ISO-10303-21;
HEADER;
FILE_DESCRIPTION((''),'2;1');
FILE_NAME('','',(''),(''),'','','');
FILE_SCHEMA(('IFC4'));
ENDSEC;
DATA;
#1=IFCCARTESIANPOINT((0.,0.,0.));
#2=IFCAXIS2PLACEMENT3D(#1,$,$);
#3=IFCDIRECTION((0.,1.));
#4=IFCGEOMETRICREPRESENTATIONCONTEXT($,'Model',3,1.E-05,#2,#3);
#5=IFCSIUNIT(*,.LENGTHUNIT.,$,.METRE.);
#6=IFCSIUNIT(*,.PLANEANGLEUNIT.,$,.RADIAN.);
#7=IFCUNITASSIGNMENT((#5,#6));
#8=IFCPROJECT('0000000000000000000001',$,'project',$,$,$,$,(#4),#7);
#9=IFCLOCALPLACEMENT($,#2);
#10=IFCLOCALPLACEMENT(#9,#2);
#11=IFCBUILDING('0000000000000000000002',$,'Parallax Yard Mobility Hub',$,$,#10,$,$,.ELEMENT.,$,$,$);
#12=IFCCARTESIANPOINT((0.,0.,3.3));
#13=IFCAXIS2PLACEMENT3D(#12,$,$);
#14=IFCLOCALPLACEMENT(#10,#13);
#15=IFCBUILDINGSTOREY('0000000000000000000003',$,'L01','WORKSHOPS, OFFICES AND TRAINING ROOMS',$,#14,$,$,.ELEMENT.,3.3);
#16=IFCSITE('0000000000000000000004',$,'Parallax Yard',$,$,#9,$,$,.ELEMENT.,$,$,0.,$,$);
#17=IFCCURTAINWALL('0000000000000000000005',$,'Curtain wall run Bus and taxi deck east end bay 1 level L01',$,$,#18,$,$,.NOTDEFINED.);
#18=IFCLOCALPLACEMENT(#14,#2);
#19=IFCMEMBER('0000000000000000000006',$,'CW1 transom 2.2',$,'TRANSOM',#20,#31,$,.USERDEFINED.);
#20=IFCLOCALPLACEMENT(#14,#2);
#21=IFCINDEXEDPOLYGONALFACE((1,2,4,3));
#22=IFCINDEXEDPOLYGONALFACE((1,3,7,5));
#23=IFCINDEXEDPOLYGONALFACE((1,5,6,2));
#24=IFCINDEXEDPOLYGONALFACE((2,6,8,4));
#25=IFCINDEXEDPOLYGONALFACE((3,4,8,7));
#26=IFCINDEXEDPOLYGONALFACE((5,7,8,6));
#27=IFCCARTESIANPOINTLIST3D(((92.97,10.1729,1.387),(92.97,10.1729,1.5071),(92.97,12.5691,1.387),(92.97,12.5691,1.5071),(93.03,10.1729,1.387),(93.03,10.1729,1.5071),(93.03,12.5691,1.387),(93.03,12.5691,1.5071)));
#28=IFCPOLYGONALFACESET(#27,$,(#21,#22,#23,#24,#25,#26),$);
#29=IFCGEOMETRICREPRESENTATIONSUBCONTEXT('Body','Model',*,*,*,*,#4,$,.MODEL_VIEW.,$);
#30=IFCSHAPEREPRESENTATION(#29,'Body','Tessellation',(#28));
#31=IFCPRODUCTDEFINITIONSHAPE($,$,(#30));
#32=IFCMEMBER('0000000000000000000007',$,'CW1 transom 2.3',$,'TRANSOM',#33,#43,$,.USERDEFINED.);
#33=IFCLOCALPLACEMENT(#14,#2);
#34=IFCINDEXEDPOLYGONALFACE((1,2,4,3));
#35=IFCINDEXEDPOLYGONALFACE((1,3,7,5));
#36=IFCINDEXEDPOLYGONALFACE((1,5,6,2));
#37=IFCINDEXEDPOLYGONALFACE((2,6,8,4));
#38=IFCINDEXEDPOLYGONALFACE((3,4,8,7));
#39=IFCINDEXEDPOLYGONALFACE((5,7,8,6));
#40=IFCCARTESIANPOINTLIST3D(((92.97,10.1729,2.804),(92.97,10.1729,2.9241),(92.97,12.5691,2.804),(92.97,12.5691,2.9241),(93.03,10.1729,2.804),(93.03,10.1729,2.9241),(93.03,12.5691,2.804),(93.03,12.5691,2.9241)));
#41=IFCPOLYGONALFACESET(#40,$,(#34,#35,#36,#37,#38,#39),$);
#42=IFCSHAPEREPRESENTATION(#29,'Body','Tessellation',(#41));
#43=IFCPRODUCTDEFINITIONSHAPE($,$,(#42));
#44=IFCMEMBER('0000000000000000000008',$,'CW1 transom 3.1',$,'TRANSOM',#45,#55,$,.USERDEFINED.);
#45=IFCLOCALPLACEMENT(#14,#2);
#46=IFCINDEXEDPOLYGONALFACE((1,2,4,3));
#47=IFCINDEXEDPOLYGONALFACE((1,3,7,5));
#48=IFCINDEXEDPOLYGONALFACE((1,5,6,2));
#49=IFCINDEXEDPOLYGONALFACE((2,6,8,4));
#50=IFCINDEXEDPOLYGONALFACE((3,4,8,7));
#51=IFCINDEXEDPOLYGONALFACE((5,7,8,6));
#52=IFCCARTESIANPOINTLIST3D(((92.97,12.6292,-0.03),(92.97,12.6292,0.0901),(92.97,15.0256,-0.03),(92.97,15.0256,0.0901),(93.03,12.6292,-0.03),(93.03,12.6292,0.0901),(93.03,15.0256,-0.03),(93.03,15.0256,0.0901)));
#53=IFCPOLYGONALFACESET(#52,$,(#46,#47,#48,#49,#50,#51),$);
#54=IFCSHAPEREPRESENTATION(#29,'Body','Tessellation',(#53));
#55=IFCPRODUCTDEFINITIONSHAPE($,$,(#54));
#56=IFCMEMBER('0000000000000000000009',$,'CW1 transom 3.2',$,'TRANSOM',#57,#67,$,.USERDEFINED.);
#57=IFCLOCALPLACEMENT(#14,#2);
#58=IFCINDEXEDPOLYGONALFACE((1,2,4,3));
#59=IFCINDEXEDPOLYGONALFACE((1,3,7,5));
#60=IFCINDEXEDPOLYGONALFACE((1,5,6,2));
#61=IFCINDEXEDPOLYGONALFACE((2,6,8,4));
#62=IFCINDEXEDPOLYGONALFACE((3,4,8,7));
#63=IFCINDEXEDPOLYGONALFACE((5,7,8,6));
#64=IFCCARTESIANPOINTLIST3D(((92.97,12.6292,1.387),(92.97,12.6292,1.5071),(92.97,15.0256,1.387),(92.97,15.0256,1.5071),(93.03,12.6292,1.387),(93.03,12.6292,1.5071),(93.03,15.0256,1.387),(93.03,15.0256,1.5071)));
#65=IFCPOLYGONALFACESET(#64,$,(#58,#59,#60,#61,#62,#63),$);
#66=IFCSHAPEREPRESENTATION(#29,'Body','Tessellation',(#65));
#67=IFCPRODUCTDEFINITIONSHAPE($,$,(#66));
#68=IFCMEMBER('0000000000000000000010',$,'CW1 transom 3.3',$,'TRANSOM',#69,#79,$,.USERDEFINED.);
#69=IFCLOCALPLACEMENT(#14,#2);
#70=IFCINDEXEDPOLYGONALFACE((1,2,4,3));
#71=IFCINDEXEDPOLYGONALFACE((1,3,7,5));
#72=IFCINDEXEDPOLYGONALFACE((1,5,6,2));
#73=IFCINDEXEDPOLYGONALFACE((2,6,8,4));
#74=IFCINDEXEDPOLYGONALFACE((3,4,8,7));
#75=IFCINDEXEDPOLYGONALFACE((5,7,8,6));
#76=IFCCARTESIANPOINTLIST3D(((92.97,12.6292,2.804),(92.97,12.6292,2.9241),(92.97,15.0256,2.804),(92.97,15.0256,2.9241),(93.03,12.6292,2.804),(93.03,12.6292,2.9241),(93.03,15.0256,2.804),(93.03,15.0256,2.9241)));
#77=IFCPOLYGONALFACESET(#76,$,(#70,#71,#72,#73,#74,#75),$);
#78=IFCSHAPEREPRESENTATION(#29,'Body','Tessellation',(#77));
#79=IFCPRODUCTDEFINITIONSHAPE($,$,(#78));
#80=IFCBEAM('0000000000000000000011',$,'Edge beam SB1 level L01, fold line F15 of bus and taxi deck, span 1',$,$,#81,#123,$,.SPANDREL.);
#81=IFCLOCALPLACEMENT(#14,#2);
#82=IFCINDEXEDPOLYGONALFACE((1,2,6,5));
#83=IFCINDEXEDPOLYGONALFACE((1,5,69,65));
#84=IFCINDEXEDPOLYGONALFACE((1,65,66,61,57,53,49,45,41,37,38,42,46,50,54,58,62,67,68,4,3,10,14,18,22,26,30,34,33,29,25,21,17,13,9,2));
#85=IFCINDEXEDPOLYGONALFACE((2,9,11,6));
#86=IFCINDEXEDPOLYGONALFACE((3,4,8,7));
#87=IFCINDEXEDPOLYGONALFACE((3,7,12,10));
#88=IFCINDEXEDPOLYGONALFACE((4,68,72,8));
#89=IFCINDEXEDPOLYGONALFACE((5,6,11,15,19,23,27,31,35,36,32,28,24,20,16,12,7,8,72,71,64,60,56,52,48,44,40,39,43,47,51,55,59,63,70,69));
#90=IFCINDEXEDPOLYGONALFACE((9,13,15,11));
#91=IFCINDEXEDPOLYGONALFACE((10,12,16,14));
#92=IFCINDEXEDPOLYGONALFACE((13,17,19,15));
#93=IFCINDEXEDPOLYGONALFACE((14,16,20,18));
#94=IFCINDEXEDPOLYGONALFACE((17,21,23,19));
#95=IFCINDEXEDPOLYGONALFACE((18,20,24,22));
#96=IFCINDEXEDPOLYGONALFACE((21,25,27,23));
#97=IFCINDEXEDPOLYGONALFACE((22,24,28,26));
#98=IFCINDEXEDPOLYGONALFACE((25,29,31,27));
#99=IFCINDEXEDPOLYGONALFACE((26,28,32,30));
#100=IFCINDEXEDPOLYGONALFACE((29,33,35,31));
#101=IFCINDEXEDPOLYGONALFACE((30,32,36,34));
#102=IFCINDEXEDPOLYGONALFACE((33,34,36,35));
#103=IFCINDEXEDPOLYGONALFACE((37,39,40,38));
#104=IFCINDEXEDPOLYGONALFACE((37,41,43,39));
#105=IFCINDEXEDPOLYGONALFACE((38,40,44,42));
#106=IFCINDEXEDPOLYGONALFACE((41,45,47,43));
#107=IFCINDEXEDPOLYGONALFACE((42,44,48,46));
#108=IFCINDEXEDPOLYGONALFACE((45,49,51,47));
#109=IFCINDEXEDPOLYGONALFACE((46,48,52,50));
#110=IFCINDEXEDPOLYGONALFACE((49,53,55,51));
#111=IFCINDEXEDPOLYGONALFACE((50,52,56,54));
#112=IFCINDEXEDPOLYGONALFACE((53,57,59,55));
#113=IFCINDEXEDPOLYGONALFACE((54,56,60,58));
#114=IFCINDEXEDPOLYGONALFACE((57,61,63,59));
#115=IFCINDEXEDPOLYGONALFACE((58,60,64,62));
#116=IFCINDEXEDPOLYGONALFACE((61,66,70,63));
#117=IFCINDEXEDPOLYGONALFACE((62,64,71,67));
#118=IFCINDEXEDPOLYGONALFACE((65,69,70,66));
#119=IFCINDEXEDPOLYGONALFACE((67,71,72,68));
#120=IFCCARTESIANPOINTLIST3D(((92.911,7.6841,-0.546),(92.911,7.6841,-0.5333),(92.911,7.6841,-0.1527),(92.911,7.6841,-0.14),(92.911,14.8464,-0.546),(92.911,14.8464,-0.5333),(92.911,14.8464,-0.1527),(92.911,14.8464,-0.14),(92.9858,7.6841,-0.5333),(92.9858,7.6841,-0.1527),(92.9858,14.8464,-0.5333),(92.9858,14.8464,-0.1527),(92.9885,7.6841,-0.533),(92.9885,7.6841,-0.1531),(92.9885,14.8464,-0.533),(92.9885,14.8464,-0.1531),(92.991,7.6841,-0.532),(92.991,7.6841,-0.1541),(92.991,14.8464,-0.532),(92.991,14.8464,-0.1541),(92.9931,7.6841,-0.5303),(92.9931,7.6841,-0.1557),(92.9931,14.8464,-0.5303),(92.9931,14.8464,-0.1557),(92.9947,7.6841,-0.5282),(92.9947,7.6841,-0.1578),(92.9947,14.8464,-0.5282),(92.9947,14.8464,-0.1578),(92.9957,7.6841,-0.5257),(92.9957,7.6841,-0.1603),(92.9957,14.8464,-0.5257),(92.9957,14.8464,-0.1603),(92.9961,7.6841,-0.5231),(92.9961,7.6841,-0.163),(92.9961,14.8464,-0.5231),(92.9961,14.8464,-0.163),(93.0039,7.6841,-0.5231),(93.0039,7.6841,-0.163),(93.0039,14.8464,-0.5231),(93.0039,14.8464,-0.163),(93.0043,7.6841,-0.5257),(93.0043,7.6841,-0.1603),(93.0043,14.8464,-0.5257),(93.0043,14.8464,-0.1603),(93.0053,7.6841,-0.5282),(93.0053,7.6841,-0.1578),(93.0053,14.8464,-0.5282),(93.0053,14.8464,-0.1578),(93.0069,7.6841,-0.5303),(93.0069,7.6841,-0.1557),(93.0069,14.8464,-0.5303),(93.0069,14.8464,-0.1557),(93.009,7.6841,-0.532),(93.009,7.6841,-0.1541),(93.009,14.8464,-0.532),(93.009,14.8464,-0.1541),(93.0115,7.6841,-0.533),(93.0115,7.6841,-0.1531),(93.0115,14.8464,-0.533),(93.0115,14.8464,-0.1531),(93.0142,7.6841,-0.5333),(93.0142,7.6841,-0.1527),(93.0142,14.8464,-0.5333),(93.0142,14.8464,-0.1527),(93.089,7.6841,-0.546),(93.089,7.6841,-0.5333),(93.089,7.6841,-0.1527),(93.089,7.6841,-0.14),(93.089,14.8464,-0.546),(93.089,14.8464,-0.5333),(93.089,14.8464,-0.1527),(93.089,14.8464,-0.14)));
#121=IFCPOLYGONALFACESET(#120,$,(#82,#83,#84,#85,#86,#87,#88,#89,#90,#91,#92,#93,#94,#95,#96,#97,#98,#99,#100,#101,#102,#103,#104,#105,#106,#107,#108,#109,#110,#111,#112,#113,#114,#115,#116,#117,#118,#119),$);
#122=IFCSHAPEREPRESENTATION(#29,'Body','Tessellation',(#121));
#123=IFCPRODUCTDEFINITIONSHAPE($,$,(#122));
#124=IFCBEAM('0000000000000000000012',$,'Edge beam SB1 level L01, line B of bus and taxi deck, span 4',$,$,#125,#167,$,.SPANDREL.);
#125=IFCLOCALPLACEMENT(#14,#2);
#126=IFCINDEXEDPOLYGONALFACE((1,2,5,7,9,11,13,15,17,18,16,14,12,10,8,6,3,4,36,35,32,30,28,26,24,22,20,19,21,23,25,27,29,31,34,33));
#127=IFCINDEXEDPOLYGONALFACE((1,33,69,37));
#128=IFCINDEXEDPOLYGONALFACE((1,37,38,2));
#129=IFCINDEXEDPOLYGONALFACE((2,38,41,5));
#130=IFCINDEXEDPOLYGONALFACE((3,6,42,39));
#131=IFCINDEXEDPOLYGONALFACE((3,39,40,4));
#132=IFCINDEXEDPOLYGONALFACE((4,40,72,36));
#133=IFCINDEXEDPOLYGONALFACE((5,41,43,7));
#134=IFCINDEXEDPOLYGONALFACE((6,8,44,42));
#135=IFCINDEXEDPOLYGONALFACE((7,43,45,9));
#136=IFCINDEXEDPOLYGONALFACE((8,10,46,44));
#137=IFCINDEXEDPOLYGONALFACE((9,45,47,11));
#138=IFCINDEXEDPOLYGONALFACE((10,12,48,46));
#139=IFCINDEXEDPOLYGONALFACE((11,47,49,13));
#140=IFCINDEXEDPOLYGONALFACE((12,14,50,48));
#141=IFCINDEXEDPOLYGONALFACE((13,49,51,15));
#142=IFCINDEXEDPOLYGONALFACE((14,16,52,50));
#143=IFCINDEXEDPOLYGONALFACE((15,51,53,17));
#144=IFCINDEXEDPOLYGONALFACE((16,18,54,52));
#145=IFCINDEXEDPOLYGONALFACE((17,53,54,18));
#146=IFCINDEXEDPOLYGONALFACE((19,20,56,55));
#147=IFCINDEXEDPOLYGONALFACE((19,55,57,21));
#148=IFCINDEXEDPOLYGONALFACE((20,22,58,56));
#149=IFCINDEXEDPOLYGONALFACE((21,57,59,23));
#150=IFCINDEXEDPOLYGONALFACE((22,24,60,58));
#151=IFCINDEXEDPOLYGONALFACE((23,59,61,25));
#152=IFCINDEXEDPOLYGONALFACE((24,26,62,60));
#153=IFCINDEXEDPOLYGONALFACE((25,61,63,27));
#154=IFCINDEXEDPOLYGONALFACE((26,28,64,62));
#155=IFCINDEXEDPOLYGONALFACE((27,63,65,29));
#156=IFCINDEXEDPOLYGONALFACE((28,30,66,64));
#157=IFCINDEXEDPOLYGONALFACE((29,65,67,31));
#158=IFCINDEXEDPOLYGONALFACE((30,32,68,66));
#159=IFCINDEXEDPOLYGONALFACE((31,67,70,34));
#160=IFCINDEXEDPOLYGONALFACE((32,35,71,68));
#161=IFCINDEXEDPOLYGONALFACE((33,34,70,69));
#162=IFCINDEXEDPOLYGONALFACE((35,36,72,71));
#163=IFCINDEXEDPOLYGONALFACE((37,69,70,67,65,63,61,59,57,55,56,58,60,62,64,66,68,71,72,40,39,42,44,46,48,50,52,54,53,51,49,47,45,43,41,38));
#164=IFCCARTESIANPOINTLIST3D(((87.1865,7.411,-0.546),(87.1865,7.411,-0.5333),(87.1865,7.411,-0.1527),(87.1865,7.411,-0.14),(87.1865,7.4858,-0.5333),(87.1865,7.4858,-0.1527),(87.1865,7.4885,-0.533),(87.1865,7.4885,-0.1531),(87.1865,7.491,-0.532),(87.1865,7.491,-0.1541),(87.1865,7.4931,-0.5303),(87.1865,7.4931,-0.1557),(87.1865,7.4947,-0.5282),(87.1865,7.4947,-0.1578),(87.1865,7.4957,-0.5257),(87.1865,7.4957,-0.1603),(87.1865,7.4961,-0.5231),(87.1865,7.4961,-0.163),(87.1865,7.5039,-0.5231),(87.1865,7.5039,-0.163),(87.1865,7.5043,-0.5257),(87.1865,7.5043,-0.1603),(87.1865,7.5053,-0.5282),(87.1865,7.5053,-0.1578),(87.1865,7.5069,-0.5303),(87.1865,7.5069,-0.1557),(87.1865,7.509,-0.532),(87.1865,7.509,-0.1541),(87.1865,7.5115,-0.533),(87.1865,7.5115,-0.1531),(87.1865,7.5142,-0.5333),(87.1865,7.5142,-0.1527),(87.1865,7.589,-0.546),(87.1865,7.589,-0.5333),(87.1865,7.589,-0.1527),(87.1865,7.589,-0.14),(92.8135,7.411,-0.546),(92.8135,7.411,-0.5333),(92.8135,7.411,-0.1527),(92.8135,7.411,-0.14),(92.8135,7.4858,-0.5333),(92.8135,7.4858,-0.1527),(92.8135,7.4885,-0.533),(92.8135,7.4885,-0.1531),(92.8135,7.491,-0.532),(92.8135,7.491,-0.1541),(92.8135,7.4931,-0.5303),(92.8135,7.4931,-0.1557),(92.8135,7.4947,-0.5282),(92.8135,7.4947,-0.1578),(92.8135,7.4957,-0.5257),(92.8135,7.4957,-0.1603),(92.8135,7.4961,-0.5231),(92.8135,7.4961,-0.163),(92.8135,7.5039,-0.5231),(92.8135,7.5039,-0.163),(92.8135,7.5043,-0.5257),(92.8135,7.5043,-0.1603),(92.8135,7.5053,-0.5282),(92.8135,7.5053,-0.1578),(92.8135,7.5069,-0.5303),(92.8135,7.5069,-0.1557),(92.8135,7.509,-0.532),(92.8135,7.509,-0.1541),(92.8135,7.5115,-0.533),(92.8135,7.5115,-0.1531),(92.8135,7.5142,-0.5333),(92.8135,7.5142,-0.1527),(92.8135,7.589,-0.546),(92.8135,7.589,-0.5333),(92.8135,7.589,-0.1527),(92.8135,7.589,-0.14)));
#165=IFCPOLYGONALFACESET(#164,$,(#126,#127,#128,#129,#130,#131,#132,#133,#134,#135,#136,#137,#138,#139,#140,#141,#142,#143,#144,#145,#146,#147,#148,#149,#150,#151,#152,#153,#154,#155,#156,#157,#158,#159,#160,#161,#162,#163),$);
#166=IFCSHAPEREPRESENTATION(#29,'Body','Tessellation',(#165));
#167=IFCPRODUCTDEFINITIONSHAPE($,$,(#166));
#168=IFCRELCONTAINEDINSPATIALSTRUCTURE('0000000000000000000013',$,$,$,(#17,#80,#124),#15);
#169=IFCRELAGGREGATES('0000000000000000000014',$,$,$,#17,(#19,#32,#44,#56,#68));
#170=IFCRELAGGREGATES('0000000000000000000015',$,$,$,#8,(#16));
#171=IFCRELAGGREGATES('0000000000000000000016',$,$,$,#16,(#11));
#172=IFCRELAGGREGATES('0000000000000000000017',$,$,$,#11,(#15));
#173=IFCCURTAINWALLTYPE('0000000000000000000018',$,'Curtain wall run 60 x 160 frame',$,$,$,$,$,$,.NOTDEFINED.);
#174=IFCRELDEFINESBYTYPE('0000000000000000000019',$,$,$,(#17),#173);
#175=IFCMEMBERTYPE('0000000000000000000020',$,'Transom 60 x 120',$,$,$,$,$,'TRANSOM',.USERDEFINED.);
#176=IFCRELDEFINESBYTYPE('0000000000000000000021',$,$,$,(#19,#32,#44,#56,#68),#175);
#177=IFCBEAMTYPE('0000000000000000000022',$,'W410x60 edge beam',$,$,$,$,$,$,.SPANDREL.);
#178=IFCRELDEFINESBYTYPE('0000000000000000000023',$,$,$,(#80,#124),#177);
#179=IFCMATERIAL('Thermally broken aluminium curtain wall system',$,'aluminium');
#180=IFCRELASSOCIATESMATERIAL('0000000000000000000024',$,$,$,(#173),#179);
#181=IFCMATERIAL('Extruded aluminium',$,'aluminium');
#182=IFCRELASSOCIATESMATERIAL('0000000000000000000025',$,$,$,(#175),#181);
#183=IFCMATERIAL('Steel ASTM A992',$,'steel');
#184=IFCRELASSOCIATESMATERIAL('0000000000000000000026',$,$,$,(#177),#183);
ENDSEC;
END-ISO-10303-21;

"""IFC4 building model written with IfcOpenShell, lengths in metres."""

from ifc_helpers import new_model, si_unit, direction, frame, origin, origin_2d, place, context, subcontext, project, spatial, rectangle, i_section, extrude, material, material_profile, profile_set, type_object, element, aggregate, save


model = new_model("IFC4")

# Units and contexts
model_context = context("Model", 3, precision=1e-05, world=origin(), true_north=direction((0.0, 1.0)))
body_context = subcontext(model_context, "Body", "Model", "MODEL_VIEW")
ifc_project = project(units=[si_unit("LENGTHUNIT", "METRE"), si_unit("PLANEANGLEUNIT", "RADIAN")], contexts=[model_context])

# Site, building, storey
site_placement = place(None, origin())
site = spatial("IfcSite", under=ifc_project, at=site_placement, Name="Parallax Yard", CompositionType="ELEMENT", RefElevation=0.0)
building_placement = place(site_placement, origin())
building = spatial("IfcBuilding", under=site, at=building_placement, Name="Parallax Yard Mobility Hub", CompositionType="ELEMENT")
storey_placement = place(building_placement, frame((0.0, 0.0, 3.3)))
storey = spatial("IfcBuildingStorey", under=building, at=storey_placement, Name="L01", Description="WORKSHOPS, OFFICES AND TRAINING ROOMS", CompositionType="ELEMENT", Elevation=3.3)

# Shared definitions
ifc_material_1 = material(Name="Steel ASTM A992", Category="steel")

# Curtain wall, members
ifc_material_2 = material(Name="Thermally broken aluminium curtain wall system", Category="aluminium")
curtain_wall_type = type_object("IfcCurtainWallType", Name="Curtain wall run 60 x 160 frame", PredefinedType="NOTDEFINED", material=ifc_material_2)
curtain_wall_placement = place(storey_placement, origin())
curtain_wall = element("IfcCurtainWall", 1, at=curtain_wall_placement, inside=storey, type_object=curtain_wall_type, Name="Curtain wall run Bus and taxi deck east end bay 1 level L01", PredefinedType="NOTDEFINED")
ifc_material_3 = material(Name="Extruded aluminium", Category="aluminium")
ifc_material_profile_1 = material_profile(ifc_material_3, rectangle(XDim=0.0601, YDim=0.1201, at=origin_2d()), Name="Transom 60 x 120")
ifc_profile_set_1 = profile_set([ifc_material_profile_1], Name="Extruded aluminium")
member_type_1 = type_object("IfcMemberType", Name="Transom 60 x 120", ElementType="TRANSOM", PredefinedType="USERDEFINED", material=ifc_profile_set_1)
member_1_placement = place(storey_placement, frame((93.0, 10.1729, 1.447), z_axis=(0.0, 1.0, 0.0), x_axis=(-1.0, 0.0, 0.0)))
member_1 = element("IfcMember", 2, at=member_1_placement, type_object=member_type_1, Name="CW1 transom 2.2", ObjectType="TRANSOM", PredefinedType="USERDEFINED", context=body_context, shape_type="SweptSolid", body=[
    extrude(rectangle(XDim=0.0601, YDim=0.1201, at=origin_2d()), origin(), (0.0, 0.0, 1.0), 2.3962),
])
member_2_placement = place(storey_placement, frame((93.0, 10.1729, 2.864), z_axis=(0.0, 1.0, 0.0), x_axis=(-1.0, 0.0, 0.0)))
member_2 = element("IfcMember", 3, at=member_2_placement, type_object=member_type_1, Name="CW1 transom 2.3", ObjectType="TRANSOM", PredefinedType="USERDEFINED", context=body_context, shape_type="SweptSolid", body=[
    extrude(rectangle(XDim=0.0601, YDim=0.1201, at=origin_2d()), origin(), (0.0, 0.0, 1.0), 2.3962),
])
member_3_placement = place(storey_placement, frame((93.0, 12.6292, 0.03), z_axis=(0.0, 1.0, 0.0), x_axis=(-1.0, 0.0, 0.0)))
member_3 = element("IfcMember", 4, at=member_3_placement, type_object=member_type_1, Name="CW1 transom 3.1", ObjectType="TRANSOM", PredefinedType="USERDEFINED", context=body_context, shape_type="SweptSolid", body=[
    extrude(rectangle(XDim=0.0601, YDim=0.1201, at=origin_2d()), origin(), (0.0, 0.0, 1.0), 2.3965),
])
member_4_placement = place(storey_placement, frame((93.0, 12.6292, 1.447), z_axis=(0.0, 1.0, 0.0), x_axis=(-1.0, 0.0, 0.0)))
member_4 = element("IfcMember", 5, at=member_4_placement, type_object=member_type_1, Name="CW1 transom 3.2", ObjectType="TRANSOM", PredefinedType="USERDEFINED", context=body_context, shape_type="SweptSolid", body=[
    extrude(rectangle(XDim=0.0601, YDim=0.1201, at=origin_2d()), origin(), (0.0, 0.0, 1.0), 2.3965),
])
member_5_placement = place(storey_placement, frame((93.0, 12.6292, 2.864), z_axis=(0.0, 1.0, 0.0), x_axis=(-1.0, 0.0, 0.0)))
member_5 = element("IfcMember", 6, at=member_5_placement, type_object=member_type_1, Name="CW1 transom 3.3", ObjectType="TRANSOM", PredefinedType="USERDEFINED", context=body_context, shape_type="SweptSolid", body=[
    extrude(rectangle(XDim=0.0601, YDim=0.1201, at=origin_2d()), origin(), (0.0, 0.0, 1.0), 2.3965),
])

# Beams
ifc_material_profile_2 = material_profile(ifc_material_1, i_section(OverallWidth=0.178, OverallDepth=0.406, WebThickness=0.0078, FlangeThickness=0.0127, FilletRadius=0.0103, at=origin_2d()), Name="W410x60")
ifc_profile_set_2 = profile_set([ifc_material_profile_2], Name="Steel ASTM A992")
beam_type = type_object("IfcBeamType", Name="W410x60 edge beam", PredefinedType="SPANDREL", material=ifc_profile_set_2)
beam_1_placement = place(storey_placement, frame((93.0, 7.6841, -0.343), z_axis=(0.0, 1.0, 0.0), x_axis=(-1.0, 0.0, 0.0)))
element("IfcBeam", 7, at=beam_1_placement, inside=storey, type_object=beam_type, Name="Edge beam SB1 level L01, fold line F15 of bus and taxi deck, span 1", PredefinedType="SPANDREL", context=body_context, shape_type="SweptSolid", body=[
    extrude(i_section(OverallWidth=0.178, OverallDepth=0.406, WebThickness=0.0078, FlangeThickness=0.0127, FilletRadius=0.0103, at=origin_2d()), origin(), (0.0, 0.0, 1.0), 7.1624),
])
beam_2_placement = place(storey_placement, frame((87.1865, 7.5, -0.343), z_axis=(1.0, 0.0, 0.0), x_axis=(0.0, 1.0, 0.0)))
element("IfcBeam", 8, at=beam_2_placement, inside=storey, type_object=beam_type, Name="Edge beam SB1 level L01, line B of bus and taxi deck, span 4", PredefinedType="SPANDREL", context=body_context, shape_type="SweptSolid", body=[
    extrude(i_section(OverallWidth=0.178, OverallDepth=0.406, WebThickness=0.0078, FlangeThickness=0.0127, FilletRadius=0.0103, at=origin_2d()), origin(), (0.0, 0.0, 1.0), 5.627),
])

aggregate(curtain_wall, [member_1, member_2, member_3, member_4, member_5])

save(model, "model.ifc")
